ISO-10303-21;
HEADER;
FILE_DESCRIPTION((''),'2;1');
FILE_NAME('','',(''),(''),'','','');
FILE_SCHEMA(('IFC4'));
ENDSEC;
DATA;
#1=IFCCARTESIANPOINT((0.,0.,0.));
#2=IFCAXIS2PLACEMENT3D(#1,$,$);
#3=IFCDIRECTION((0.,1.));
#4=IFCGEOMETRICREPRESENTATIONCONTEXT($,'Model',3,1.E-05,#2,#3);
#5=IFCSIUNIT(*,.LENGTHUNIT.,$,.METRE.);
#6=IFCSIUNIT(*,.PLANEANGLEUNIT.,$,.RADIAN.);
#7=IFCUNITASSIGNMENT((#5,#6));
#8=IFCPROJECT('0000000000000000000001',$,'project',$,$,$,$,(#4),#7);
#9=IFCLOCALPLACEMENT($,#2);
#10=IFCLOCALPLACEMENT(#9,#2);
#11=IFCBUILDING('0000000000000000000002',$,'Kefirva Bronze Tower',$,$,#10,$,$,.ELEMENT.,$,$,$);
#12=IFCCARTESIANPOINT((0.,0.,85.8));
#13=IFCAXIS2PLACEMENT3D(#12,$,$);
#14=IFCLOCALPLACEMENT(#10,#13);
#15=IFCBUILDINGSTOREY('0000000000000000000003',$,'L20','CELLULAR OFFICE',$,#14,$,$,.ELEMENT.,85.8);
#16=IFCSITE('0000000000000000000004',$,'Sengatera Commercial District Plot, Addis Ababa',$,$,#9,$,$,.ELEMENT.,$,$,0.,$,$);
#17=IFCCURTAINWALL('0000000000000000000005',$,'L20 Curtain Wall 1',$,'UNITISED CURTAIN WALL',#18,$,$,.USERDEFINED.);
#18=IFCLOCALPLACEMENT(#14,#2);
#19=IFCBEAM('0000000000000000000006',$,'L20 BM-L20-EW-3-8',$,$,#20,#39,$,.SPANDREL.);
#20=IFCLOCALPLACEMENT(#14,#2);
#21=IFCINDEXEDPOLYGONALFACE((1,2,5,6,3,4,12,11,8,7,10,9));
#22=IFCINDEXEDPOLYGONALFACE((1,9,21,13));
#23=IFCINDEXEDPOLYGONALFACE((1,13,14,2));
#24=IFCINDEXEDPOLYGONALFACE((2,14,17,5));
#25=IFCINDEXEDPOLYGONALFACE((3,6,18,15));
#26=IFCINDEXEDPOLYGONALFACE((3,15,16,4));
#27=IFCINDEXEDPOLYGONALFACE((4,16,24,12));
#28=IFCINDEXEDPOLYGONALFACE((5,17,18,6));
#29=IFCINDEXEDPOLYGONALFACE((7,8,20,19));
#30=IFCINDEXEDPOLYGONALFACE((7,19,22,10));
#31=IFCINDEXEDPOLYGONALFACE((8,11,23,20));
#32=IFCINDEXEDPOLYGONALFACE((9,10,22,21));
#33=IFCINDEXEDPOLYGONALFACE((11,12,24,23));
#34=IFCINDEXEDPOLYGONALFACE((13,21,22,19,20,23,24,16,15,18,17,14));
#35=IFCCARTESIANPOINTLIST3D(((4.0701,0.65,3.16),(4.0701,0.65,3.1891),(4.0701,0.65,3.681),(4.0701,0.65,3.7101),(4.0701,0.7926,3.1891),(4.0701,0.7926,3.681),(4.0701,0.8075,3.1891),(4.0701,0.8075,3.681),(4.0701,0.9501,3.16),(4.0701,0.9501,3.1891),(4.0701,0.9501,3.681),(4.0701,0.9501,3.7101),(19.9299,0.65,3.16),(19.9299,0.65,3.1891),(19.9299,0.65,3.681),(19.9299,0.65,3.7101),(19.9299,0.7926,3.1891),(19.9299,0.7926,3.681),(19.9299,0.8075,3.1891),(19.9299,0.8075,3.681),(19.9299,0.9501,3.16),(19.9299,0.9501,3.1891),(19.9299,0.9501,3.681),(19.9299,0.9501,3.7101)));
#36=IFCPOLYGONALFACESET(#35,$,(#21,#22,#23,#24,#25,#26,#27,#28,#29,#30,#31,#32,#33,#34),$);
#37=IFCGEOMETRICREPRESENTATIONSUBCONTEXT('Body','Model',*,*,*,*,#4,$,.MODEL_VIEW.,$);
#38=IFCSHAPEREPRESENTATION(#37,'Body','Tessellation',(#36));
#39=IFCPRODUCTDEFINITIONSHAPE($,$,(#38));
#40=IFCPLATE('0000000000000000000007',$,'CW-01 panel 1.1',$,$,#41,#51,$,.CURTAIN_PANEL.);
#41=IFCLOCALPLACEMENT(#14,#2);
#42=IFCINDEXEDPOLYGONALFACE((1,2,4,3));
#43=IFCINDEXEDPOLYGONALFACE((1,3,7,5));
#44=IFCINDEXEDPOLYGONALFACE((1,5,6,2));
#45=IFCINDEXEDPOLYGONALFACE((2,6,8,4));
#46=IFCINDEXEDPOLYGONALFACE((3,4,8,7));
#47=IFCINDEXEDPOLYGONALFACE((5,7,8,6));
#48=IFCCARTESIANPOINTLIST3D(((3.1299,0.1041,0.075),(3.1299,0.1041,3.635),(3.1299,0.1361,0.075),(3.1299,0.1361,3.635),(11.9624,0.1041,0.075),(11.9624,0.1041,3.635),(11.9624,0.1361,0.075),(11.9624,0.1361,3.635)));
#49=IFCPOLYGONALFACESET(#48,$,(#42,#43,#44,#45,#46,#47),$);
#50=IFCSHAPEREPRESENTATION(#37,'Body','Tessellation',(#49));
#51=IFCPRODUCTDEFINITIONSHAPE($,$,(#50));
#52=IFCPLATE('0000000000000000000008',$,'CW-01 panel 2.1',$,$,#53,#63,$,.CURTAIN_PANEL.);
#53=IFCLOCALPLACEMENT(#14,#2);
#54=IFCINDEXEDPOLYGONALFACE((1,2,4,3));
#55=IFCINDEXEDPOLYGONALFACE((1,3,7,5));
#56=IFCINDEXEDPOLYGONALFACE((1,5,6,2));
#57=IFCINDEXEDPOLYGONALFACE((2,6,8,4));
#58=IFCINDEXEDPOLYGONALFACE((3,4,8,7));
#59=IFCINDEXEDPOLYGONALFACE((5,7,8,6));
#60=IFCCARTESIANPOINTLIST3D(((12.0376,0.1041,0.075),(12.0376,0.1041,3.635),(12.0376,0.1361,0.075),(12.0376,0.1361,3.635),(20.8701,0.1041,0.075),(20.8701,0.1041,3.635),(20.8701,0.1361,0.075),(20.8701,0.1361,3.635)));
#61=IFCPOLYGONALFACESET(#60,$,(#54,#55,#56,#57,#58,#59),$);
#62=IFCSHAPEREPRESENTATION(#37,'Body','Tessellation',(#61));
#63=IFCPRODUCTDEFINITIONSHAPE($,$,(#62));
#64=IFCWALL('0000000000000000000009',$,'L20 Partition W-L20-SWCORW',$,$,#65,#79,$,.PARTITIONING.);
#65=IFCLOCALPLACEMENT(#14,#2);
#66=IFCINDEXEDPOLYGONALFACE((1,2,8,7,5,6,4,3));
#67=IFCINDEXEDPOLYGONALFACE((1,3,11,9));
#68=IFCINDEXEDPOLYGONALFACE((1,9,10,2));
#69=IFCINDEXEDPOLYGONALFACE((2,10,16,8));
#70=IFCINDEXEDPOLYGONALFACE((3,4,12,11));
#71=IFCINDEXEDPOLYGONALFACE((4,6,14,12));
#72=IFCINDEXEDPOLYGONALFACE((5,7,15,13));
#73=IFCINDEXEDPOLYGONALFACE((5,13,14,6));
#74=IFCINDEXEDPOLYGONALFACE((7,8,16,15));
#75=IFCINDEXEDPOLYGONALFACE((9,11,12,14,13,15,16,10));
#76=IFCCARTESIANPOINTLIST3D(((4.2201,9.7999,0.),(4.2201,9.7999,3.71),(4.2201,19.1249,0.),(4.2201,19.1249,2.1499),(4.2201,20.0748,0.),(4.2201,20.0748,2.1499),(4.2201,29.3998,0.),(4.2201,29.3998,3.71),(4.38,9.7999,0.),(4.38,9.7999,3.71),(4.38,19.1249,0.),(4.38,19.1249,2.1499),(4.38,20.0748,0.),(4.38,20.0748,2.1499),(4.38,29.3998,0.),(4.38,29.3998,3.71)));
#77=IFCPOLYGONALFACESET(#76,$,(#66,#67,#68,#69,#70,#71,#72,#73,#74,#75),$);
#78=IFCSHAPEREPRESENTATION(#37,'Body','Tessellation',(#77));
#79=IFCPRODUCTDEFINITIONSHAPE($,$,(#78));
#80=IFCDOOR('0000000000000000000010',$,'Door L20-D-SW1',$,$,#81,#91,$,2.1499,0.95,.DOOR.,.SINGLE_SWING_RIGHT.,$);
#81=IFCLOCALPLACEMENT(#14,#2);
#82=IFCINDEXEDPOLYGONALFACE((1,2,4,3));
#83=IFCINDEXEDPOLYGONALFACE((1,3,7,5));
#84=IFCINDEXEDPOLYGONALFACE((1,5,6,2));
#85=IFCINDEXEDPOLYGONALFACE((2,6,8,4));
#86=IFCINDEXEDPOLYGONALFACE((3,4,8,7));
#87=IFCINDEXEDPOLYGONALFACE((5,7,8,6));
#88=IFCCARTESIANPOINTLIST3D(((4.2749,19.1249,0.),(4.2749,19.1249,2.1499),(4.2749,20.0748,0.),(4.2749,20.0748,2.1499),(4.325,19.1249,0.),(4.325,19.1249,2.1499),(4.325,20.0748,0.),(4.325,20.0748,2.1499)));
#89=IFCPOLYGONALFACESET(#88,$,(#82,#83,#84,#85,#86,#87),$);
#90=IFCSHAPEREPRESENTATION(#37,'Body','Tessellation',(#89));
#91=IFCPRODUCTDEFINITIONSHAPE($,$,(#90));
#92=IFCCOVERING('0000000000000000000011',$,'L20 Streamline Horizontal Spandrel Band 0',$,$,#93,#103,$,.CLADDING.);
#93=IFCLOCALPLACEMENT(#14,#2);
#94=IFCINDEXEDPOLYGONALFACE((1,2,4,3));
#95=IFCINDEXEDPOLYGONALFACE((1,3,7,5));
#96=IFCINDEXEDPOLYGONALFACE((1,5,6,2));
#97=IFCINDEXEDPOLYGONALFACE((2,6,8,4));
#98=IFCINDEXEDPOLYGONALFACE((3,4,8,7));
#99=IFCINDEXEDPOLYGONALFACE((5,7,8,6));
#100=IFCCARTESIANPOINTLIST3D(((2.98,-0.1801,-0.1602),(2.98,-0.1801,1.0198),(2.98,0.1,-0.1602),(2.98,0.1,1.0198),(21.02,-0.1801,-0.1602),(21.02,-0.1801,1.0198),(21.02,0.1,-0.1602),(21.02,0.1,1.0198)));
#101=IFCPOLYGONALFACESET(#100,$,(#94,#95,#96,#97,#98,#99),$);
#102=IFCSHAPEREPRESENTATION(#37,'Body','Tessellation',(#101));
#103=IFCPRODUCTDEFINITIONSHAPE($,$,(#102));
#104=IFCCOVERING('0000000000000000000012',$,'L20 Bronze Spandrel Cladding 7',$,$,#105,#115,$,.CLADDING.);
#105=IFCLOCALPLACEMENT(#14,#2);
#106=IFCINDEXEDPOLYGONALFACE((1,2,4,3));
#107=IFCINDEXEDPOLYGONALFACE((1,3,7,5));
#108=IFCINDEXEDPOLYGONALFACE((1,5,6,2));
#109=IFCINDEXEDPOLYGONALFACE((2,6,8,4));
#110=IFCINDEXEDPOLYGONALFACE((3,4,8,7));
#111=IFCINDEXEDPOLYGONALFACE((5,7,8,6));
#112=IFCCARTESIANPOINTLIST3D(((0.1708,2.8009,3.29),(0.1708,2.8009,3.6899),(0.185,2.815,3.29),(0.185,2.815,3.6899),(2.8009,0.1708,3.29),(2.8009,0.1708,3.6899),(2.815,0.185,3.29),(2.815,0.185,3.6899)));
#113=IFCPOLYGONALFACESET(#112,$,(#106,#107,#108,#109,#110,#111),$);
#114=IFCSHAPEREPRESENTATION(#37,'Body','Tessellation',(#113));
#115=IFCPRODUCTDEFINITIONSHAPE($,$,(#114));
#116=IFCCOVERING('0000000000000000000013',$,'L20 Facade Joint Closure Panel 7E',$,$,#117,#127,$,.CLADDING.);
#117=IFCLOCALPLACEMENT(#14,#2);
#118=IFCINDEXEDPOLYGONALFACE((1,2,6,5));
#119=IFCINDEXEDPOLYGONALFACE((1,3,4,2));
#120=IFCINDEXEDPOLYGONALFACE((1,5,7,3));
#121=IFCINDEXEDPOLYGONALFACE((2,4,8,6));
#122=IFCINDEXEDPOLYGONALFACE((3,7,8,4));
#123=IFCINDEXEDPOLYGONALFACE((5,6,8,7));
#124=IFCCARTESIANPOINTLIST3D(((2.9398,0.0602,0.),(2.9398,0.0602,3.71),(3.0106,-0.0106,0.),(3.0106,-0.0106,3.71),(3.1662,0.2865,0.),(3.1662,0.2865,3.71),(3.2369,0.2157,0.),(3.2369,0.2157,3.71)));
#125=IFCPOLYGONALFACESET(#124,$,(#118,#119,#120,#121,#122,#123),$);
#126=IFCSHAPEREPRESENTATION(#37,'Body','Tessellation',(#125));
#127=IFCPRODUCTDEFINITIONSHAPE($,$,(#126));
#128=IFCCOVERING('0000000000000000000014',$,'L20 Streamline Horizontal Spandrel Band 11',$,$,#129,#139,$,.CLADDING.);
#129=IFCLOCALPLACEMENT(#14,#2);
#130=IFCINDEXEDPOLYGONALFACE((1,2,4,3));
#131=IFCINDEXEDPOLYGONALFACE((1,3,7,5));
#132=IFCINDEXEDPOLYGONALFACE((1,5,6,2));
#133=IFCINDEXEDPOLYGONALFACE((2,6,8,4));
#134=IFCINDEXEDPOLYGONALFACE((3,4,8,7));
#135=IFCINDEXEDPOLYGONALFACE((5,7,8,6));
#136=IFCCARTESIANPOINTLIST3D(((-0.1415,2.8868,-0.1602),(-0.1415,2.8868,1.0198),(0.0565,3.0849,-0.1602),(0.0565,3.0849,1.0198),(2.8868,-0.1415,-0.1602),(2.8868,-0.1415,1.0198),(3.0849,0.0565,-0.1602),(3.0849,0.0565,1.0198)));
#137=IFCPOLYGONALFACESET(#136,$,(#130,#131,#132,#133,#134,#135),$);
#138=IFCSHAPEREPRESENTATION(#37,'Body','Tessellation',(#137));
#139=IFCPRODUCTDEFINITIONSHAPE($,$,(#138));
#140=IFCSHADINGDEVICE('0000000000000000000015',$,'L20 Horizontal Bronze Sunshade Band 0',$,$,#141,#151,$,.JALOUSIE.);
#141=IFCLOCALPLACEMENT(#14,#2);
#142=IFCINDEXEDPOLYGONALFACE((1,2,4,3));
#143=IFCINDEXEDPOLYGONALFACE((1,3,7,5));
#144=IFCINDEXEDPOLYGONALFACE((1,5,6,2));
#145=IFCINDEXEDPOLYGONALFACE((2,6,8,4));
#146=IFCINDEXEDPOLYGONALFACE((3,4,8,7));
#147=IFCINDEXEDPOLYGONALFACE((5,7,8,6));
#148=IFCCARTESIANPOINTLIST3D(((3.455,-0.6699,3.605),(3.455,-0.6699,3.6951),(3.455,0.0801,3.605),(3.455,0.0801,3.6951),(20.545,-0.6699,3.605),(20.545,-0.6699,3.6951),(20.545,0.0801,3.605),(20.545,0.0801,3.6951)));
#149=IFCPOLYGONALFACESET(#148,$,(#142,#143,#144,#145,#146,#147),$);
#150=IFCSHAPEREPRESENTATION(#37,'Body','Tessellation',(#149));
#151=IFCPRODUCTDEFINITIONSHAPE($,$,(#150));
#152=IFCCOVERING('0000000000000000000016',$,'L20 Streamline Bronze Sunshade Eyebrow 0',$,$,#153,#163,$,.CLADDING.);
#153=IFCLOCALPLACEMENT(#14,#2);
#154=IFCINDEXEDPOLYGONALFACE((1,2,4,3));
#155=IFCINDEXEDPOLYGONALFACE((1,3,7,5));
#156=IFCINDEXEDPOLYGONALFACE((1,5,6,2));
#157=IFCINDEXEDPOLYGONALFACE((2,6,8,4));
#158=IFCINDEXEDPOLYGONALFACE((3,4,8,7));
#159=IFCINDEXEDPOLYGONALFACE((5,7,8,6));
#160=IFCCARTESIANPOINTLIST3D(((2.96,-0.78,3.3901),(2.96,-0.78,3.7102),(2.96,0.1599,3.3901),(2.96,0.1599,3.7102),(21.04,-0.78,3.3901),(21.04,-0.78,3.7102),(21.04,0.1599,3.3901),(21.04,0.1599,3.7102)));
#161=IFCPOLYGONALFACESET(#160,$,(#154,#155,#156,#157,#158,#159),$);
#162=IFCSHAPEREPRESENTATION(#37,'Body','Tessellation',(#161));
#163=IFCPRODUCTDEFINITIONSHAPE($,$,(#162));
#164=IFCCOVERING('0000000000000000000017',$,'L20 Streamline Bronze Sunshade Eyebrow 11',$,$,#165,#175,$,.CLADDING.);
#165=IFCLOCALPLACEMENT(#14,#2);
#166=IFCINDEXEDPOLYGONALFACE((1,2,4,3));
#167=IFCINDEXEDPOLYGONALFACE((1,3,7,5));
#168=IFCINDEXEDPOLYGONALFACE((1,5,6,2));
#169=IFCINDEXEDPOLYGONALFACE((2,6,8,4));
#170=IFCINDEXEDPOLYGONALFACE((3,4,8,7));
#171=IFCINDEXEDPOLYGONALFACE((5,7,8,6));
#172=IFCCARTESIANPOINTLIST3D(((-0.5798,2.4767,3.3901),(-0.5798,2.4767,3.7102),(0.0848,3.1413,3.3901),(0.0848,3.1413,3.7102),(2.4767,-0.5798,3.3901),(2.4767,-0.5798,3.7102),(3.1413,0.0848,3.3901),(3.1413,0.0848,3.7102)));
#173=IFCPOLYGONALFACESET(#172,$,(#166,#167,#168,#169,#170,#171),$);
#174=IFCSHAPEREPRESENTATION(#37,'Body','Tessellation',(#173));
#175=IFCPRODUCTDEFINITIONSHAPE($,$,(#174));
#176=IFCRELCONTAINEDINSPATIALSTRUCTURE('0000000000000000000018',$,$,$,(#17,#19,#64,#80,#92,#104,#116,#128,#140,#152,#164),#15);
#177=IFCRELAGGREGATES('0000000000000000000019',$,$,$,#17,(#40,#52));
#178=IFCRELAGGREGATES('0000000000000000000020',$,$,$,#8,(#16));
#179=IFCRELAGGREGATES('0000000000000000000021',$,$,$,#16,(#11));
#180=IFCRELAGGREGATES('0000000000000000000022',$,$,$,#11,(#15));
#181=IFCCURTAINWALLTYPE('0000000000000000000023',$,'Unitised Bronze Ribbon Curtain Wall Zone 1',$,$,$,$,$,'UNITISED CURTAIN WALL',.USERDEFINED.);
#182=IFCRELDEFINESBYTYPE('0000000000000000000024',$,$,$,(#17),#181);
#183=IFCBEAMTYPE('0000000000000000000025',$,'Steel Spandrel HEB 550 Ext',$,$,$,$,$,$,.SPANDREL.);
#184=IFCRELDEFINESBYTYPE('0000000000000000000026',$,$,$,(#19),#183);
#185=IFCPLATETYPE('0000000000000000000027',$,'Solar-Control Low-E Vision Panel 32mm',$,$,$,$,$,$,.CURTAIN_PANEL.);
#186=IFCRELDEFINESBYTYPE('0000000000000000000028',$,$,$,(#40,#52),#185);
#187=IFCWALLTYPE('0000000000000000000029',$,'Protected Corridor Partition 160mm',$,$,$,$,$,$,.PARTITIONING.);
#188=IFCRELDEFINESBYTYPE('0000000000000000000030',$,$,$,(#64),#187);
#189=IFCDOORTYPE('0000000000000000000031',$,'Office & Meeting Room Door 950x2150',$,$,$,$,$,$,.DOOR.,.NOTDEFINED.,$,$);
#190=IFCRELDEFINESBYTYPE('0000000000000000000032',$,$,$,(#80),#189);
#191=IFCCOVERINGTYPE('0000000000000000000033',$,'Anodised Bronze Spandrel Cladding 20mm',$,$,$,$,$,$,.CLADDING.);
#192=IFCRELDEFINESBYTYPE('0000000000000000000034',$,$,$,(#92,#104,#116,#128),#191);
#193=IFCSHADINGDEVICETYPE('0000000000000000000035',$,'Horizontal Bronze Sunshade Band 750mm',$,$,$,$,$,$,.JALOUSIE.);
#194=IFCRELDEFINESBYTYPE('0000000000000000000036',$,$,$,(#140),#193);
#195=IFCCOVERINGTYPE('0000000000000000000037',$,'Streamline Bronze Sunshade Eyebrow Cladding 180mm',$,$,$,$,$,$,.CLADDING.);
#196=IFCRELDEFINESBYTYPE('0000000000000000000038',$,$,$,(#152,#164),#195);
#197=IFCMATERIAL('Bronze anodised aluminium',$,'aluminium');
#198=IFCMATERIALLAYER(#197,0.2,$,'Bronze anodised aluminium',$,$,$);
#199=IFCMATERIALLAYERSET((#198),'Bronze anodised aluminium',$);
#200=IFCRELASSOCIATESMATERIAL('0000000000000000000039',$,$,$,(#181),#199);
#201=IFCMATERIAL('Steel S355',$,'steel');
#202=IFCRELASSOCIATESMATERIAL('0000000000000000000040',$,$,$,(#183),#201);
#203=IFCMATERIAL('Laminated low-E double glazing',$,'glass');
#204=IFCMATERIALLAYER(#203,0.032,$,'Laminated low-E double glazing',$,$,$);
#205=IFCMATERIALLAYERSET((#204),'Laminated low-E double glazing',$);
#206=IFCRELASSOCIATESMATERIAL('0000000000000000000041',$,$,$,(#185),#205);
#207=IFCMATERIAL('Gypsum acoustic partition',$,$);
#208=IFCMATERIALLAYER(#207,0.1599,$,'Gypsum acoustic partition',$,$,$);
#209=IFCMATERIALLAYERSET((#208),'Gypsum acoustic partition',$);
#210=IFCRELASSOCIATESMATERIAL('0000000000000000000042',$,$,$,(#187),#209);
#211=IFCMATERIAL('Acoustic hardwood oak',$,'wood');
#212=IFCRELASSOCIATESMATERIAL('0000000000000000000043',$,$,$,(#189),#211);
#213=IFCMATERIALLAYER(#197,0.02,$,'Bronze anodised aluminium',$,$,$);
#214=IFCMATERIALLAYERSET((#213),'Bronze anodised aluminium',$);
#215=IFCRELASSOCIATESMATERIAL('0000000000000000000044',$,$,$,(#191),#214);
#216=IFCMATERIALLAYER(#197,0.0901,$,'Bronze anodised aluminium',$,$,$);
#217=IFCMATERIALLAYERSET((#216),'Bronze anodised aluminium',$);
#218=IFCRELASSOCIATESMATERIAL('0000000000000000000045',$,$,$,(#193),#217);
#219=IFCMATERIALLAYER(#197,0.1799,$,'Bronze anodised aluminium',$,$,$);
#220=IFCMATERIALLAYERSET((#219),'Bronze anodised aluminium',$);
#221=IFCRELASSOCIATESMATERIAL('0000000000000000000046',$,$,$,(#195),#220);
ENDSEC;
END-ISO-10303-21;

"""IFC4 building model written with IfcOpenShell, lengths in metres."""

from ifc_helpers import new_model, si_unit, direction, frame, frame_2d, origin, origin_2d, place, context, subcontext, project, spatial, rectangle, i_section, extrude, material, layer, layer_set, material_profile, profile_set, type_object, element, fill, aggregate, save


model = new_model("IFC4")

# Units and contexts
model_context = context("Model", 3, precision=1e-05, world=origin(), true_north=direction((0.0, 1.0)))
body_context = subcontext(model_context, "Body", "Model", "MODEL_VIEW")
ifc_project = project(units=[si_unit("LENGTHUNIT", "METRE"), si_unit("PLANEANGLEUNIT", "RADIAN")], contexts=[model_context])

# Site, building, storey
site_placement = place(None, origin())
site = spatial("IfcSite", under=ifc_project, at=site_placement, Name="Sengatera Commercial District Plot, Addis Ababa", CompositionType="ELEMENT", RefElevation=0.0)
building_placement = place(site_placement, origin())
building = spatial("IfcBuilding", under=site, at=building_placement, Name="Kefirva Bronze Tower", CompositionType="ELEMENT")
storey_placement = place(building_placement, frame((0.0, 0.0, 85.8)))
storey = spatial("IfcBuildingStorey", under=building, at=storey_placement, Name="L20", Description="CELLULAR OFFICE", CompositionType="ELEMENT", Elevation=85.8)

# Curtain wall
ifc_material_1 = material(Name="Bronze anodised aluminium", Category="aluminium")
ifc_layer_1 = layer(ifc_material_1, 0.2, Name="Bronze anodised aluminium")
ifc_layer_set_1 = layer_set([ifc_layer_1], Name="Bronze anodised aluminium")
curtain_wall_type = type_object("IfcCurtainWallType", Name="Unitised Bronze Ribbon Curtain Wall Zone 1", ElementType="UNITISED CURTAIN WALL", PredefinedType="USERDEFINED", material=ifc_layer_set_1)
curtain_wall_placement = place(storey_placement, origin())
curtain_wall = element("IfcCurtainWall", 1, at=curtain_wall_placement, inside=storey, type_object=curtain_wall_type, Name="L20 Curtain Wall 1", ObjectType="UNITISED CURTAIN WALL", PredefinedType="USERDEFINED")

# Beam
ifc_material_2 = material(Name="Steel S355", Category="steel")
ifc_material_profile_1 = material_profile(ifc_material_2, i_section(OverallWidth=0.3, OverallDepth=0.55, WebThickness=0.0149, FlangeThickness=0.0291, at=origin_2d()), Name="HEB 550")
ifc_profile_set_1 = profile_set([ifc_material_profile_1], Name="Steel S355")
beam_type_1 = type_object("IfcBeamType", Name="Steel Spandrel HEB 550 Ext", PredefinedType="SPANDREL", material=ifc_profile_set_1)
beam_1_placement = place(storey_placement, frame((4.0701, 0.8, 3.4351), z_axis=(1.0, 0.0, 0.0), x_axis=(0.0, 1.0, 0.0)))
element("IfcBeam", 2, at=beam_1_placement, inside=storey, type_object=beam_type_1, Name="L20 BM-L20-EW-3-8", PredefinedType="SPANDREL", context=body_context, shape_type="SweptSolid", body=[
    extrude(i_section(OverallWidth=0.3, OverallDepth=0.55, WebThickness=0.0149, FlangeThickness=0.0291, at=origin_2d()), origin(), (0.0, 0.0, 1.0), 15.8599),
])

# Plates
ifc_material_3 = material(Name="Laminated low-E double glazing", Category="glass")
ifc_layer_2 = layer(ifc_material_3, 0.032, Name="Laminated low-E double glazing")
ifc_layer_set_2 = layer_set([ifc_layer_2], Name="Laminated low-E double glazing")
plate_type = type_object("IfcPlateType", Name="Solar-Control Low-E Vision Panel 32mm", PredefinedType="CURTAIN_PANEL", material=ifc_layer_set_2)
plate_1_placement = place(storey_placement, frame((7.5461, 0.1201, 0.075), z_axis=(0.0, 0.0, 1.0), x_axis=(1.0, 0.0, 0.0)))
plate_1 = element("IfcPlate", 3, at=plate_1_placement, type_object=plate_type, Name="CW-01 panel 1.1", PredefinedType="CURTAIN_PANEL", context=body_context, shape_type="SweptSolid", body=[
    extrude(rectangle(XDim=8.8325, YDim=0.032, at=origin_2d()), origin(), (0.0, 0.0, 1.0), 3.5601),
])
plate_2_placement = place(storey_placement, frame((16.4539, 0.1201, 0.075), z_axis=(0.0, 0.0, 1.0), x_axis=(1.0, 0.0, 0.0)))
plate_2 = element("IfcPlate", 4, at=plate_2_placement, type_object=plate_type, Name="CW-01 panel 2.1", PredefinedType="CURTAIN_PANEL", context=body_context, shape_type="SweptSolid", body=[
    extrude(rectangle(XDim=8.8325, YDim=0.032, at=origin_2d()), origin(), (0.0, 0.0, 1.0), 3.5601),
])
aggregate(curtain_wall, [plate_1, plate_2])

# Wall, opening, door
ifc_material_4 = material(Name="Gypsum acoustic partition")
ifc_layer_3 = layer(ifc_material_4, 0.1599, Name="Gypsum acoustic partition")
ifc_layer_set_3 = layer_set([ifc_layer_3], Name="Gypsum acoustic partition")
wall_type = type_object("IfcWallType", Name="Protected Corridor Partition 160mm", PredefinedType="PARTITIONING", material=ifc_layer_set_3)
wall_1_placement = place(storey_placement, frame((4.3, 9.8, 0.0), z_axis=(0.0, 0.0, 1.0), x_axis=(0.0, 1.0, 0.0)))
wall_1 = element("IfcWall", 5, at=wall_1_placement, inside=storey, type_object=wall_type, Name="L20 Partition W-L20-SWCORW", PredefinedType="PARTITIONING", context=body_context, shape_type="SweptSolid", body=[
    extrude(rectangle(XDim=19.5999, YDim=0.1599, at=frame_2d((9.7998, 0.0))), origin(), (0.0, 0.0, 1.0), 3.71),
])
opening_1_placement = place(wall_1_placement, frame((10.2749, 0.0, 0.0), z_axis=(0.0, 0.0, 1.0), x_axis=(-1.0, 0.0, 0.0)))
opening_1 = element("IfcOpeningElement", 6, at=opening_1_placement, cuts=wall_1, PredefinedType="OPENING", context=body_context, shape_type="SweptSolid", body=[
    extrude(rectangle(XDim=0.95, YDim=2.1499, at=frame_2d((0.4751, 1.075))), frame((0.0, 0.0898, 0.0), z_axis=(0.0, -1.0, 0.0), x_axis=(1.0, 0.0, 0.0)), (0.0, 0.0, 1.0), 0.1799),
])
ifc_material_5 = material(Name="Acoustic hardwood oak", Category="wood")
door_type = type_object("IfcDoorType", Name="Office & Meeting Room Door 950x2150", OperationType="NOTDEFINED", PredefinedType="DOOR", material=ifc_material_5)
door_1_placement = place(opening_1_placement, origin())
door_1 = element("IfcDoor", 7, at=door_1_placement, inside=storey, type_object=door_type, Name="Door L20-D-SW1", OperationType="SINGLE_SWING_RIGHT", OverallHeight=2.1499, OverallWidth=0.95, PredefinedType="DOOR", context=body_context, shape_type="SweptSolid", body=[
    extrude(rectangle(XDim=0.95, YDim=2.1499, at=frame_2d((0.4751, 1.075))), frame((0.0, 0.0249, 0.0), z_axis=(0.0, -1.0, 0.0), x_axis=(1.0, 0.0, 0.0)), (0.0, 0.0, 1.0), 0.05),
])
fill(opening_1, door_1)

# Coverings
ifc_layer_4 = layer(ifc_material_1, 0.02, Name="Bronze anodised aluminium")
ifc_layer_set_4 = layer_set([ifc_layer_4], Name="Bronze anodised aluminium")
covering_type_1 = type_object("IfcCoveringType", Name="Anodised Bronze Spandrel Cladding 20mm", PredefinedType="CLADDING", material=ifc_layer_set_4)
covering_1_placement = place(storey_placement, frame((12.0, -0.04, -0.1602), z_axis=(0.0, 0.0, 1.0), x_axis=(1.0, 0.0, 0.0)))
element("IfcCovering", 8, at=covering_1_placement, inside=storey, type_object=covering_type_1, Name="L20 Streamline Horizontal Spandrel Band 0", PredefinedType="CLADDING", context=body_context, shape_type="SweptSolid", body=[
    extrude(rectangle(XDim=18.04, YDim=0.28, at=origin_2d()), origin(), (0.0, 0.0, 1.0), 1.1799),
])
covering_2_placement = place(storey_placement, frame((1.4929, 1.4929, 3.29), z_axis=(0.0, 0.0, 1.0), x_axis=(0.707107, -0.707107, 0.0)))
element("IfcCovering", 9, at=covering_2_placement, inside=storey, type_object=covering_type_1, Name="L20 Bronze Spandrel Cladding 7", PredefinedType="CLADDING", context=body_context, shape_type="SweptSolid", body=[
    extrude(rectangle(XDim=3.7195, YDim=0.02, at=origin_2d()), origin(), (0.0, 0.0, 1.0), 0.3999),
])
covering_3_placement = place(storey_placement, frame((3.0884, 0.1379, 0.0), z_axis=(0.0, 0.0, 1.0), x_axis=(0.707107, -0.707107, 0.0)))
element("IfcCovering", 10, at=covering_3_placement, inside=storey, type_object=covering_type_1, Name="L20 Facade Joint Closure Panel 7E", PredefinedType="CLADDING", context=body_context, shape_type="SweptSolid", body=[
    extrude(rectangle(XDim=0.1001, YDim=0.3201, at=origin_2d()), origin(), (0.0, 0.0, 1.0), 3.71),
])
covering_4_placement = place(storey_placement, frame((1.4717, 1.4717, -0.1602), z_axis=(0.0, 0.0, 1.0), x_axis=(0.707107, -0.707107, 0.0)))
element("IfcCovering", 11, at=covering_4_placement, inside=storey, type_object=covering_type_1, Name="L20 Streamline Horizontal Spandrel Band 11", PredefinedType="CLADDING", context=body_context, shape_type="SweptSolid", body=[
    extrude(rectangle(XDim=4.2827, YDim=0.28, at=origin_2d()), origin(), (0.0, 0.0, 1.0), 1.1799),
])

# Shading device
ifc_layer_5 = layer(ifc_material_1, 0.0901, Name="Bronze anodised aluminium")
ifc_layer_set_5 = layer_set([ifc_layer_5], Name="Bronze anodised aluminium")
shading_device_type = type_object("IfcShadingDeviceType", Name="Horizontal Bronze Sunshade Band 750mm", PredefinedType="JALOUSIE", material=ifc_layer_set_5)
shading_device_placement = place(storey_placement, frame((12.0, -0.2949, 3.605), z_axis=(0.0, 0.0, 1.0), x_axis=(1.0, 0.0, 0.0)))
element("IfcShadingDevice", 12, at=shading_device_placement, inside=storey, type_object=shading_device_type, Name="L20 Horizontal Bronze Sunshade Band 0", PredefinedType="JALOUSIE", context=body_context, shape_type="SweptSolid", body=[
    extrude(rectangle(XDim=17.0901, YDim=0.75, at=origin_2d()), origin(), (0.0, 0.0, 1.0), 0.0901),
])

# Coverings
ifc_layer_6 = layer(ifc_material_1, 0.1799, Name="Bronze anodised aluminium")
ifc_layer_set_6 = layer_set([ifc_layer_6], Name="Bronze anodised aluminium")
covering_type_2 = type_object("IfcCoveringType", Name="Streamline Bronze Sunshade Eyebrow Cladding 180mm", PredefinedType="CLADDING", material=ifc_layer_set_6)
covering_5_placement = place(storey_placement, frame((12.0, -0.3101, 3.3901), z_axis=(0.0, 0.0, 1.0), x_axis=(1.0, 0.0, 0.0)))
element("IfcCovering", 13, at=covering_5_placement, inside=storey, type_object=covering_type_2, Name="L20 Streamline Bronze Sunshade Eyebrow 0", PredefinedType="CLADDING", context=body_context, shape_type="SweptSolid", body=[
    extrude(rectangle(XDim=18.0801, YDim=0.9399, at=origin_2d()), origin(), (0.0, 0.0, 1.0), 0.3201),
])
covering_6_placement = place(storey_placement, frame((1.2808, 1.2808, 3.3901), z_axis=(0.0, 0.0, 1.0), x_axis=(0.707107, -0.707107, 0.0)))
element("IfcCovering", 14, at=covering_6_placement, inside=storey, type_object=covering_type_2, Name="L20 Streamline Bronze Sunshade Eyebrow 11", PredefinedType="CLADDING", context=body_context, shape_type="SweptSolid", body=[
    extrude(rectangle(XDim=4.3225, YDim=0.9399, at=origin_2d()), origin(), (0.0, 0.0, 1.0), 0.3201),
])

save(model, "model.ifc")
